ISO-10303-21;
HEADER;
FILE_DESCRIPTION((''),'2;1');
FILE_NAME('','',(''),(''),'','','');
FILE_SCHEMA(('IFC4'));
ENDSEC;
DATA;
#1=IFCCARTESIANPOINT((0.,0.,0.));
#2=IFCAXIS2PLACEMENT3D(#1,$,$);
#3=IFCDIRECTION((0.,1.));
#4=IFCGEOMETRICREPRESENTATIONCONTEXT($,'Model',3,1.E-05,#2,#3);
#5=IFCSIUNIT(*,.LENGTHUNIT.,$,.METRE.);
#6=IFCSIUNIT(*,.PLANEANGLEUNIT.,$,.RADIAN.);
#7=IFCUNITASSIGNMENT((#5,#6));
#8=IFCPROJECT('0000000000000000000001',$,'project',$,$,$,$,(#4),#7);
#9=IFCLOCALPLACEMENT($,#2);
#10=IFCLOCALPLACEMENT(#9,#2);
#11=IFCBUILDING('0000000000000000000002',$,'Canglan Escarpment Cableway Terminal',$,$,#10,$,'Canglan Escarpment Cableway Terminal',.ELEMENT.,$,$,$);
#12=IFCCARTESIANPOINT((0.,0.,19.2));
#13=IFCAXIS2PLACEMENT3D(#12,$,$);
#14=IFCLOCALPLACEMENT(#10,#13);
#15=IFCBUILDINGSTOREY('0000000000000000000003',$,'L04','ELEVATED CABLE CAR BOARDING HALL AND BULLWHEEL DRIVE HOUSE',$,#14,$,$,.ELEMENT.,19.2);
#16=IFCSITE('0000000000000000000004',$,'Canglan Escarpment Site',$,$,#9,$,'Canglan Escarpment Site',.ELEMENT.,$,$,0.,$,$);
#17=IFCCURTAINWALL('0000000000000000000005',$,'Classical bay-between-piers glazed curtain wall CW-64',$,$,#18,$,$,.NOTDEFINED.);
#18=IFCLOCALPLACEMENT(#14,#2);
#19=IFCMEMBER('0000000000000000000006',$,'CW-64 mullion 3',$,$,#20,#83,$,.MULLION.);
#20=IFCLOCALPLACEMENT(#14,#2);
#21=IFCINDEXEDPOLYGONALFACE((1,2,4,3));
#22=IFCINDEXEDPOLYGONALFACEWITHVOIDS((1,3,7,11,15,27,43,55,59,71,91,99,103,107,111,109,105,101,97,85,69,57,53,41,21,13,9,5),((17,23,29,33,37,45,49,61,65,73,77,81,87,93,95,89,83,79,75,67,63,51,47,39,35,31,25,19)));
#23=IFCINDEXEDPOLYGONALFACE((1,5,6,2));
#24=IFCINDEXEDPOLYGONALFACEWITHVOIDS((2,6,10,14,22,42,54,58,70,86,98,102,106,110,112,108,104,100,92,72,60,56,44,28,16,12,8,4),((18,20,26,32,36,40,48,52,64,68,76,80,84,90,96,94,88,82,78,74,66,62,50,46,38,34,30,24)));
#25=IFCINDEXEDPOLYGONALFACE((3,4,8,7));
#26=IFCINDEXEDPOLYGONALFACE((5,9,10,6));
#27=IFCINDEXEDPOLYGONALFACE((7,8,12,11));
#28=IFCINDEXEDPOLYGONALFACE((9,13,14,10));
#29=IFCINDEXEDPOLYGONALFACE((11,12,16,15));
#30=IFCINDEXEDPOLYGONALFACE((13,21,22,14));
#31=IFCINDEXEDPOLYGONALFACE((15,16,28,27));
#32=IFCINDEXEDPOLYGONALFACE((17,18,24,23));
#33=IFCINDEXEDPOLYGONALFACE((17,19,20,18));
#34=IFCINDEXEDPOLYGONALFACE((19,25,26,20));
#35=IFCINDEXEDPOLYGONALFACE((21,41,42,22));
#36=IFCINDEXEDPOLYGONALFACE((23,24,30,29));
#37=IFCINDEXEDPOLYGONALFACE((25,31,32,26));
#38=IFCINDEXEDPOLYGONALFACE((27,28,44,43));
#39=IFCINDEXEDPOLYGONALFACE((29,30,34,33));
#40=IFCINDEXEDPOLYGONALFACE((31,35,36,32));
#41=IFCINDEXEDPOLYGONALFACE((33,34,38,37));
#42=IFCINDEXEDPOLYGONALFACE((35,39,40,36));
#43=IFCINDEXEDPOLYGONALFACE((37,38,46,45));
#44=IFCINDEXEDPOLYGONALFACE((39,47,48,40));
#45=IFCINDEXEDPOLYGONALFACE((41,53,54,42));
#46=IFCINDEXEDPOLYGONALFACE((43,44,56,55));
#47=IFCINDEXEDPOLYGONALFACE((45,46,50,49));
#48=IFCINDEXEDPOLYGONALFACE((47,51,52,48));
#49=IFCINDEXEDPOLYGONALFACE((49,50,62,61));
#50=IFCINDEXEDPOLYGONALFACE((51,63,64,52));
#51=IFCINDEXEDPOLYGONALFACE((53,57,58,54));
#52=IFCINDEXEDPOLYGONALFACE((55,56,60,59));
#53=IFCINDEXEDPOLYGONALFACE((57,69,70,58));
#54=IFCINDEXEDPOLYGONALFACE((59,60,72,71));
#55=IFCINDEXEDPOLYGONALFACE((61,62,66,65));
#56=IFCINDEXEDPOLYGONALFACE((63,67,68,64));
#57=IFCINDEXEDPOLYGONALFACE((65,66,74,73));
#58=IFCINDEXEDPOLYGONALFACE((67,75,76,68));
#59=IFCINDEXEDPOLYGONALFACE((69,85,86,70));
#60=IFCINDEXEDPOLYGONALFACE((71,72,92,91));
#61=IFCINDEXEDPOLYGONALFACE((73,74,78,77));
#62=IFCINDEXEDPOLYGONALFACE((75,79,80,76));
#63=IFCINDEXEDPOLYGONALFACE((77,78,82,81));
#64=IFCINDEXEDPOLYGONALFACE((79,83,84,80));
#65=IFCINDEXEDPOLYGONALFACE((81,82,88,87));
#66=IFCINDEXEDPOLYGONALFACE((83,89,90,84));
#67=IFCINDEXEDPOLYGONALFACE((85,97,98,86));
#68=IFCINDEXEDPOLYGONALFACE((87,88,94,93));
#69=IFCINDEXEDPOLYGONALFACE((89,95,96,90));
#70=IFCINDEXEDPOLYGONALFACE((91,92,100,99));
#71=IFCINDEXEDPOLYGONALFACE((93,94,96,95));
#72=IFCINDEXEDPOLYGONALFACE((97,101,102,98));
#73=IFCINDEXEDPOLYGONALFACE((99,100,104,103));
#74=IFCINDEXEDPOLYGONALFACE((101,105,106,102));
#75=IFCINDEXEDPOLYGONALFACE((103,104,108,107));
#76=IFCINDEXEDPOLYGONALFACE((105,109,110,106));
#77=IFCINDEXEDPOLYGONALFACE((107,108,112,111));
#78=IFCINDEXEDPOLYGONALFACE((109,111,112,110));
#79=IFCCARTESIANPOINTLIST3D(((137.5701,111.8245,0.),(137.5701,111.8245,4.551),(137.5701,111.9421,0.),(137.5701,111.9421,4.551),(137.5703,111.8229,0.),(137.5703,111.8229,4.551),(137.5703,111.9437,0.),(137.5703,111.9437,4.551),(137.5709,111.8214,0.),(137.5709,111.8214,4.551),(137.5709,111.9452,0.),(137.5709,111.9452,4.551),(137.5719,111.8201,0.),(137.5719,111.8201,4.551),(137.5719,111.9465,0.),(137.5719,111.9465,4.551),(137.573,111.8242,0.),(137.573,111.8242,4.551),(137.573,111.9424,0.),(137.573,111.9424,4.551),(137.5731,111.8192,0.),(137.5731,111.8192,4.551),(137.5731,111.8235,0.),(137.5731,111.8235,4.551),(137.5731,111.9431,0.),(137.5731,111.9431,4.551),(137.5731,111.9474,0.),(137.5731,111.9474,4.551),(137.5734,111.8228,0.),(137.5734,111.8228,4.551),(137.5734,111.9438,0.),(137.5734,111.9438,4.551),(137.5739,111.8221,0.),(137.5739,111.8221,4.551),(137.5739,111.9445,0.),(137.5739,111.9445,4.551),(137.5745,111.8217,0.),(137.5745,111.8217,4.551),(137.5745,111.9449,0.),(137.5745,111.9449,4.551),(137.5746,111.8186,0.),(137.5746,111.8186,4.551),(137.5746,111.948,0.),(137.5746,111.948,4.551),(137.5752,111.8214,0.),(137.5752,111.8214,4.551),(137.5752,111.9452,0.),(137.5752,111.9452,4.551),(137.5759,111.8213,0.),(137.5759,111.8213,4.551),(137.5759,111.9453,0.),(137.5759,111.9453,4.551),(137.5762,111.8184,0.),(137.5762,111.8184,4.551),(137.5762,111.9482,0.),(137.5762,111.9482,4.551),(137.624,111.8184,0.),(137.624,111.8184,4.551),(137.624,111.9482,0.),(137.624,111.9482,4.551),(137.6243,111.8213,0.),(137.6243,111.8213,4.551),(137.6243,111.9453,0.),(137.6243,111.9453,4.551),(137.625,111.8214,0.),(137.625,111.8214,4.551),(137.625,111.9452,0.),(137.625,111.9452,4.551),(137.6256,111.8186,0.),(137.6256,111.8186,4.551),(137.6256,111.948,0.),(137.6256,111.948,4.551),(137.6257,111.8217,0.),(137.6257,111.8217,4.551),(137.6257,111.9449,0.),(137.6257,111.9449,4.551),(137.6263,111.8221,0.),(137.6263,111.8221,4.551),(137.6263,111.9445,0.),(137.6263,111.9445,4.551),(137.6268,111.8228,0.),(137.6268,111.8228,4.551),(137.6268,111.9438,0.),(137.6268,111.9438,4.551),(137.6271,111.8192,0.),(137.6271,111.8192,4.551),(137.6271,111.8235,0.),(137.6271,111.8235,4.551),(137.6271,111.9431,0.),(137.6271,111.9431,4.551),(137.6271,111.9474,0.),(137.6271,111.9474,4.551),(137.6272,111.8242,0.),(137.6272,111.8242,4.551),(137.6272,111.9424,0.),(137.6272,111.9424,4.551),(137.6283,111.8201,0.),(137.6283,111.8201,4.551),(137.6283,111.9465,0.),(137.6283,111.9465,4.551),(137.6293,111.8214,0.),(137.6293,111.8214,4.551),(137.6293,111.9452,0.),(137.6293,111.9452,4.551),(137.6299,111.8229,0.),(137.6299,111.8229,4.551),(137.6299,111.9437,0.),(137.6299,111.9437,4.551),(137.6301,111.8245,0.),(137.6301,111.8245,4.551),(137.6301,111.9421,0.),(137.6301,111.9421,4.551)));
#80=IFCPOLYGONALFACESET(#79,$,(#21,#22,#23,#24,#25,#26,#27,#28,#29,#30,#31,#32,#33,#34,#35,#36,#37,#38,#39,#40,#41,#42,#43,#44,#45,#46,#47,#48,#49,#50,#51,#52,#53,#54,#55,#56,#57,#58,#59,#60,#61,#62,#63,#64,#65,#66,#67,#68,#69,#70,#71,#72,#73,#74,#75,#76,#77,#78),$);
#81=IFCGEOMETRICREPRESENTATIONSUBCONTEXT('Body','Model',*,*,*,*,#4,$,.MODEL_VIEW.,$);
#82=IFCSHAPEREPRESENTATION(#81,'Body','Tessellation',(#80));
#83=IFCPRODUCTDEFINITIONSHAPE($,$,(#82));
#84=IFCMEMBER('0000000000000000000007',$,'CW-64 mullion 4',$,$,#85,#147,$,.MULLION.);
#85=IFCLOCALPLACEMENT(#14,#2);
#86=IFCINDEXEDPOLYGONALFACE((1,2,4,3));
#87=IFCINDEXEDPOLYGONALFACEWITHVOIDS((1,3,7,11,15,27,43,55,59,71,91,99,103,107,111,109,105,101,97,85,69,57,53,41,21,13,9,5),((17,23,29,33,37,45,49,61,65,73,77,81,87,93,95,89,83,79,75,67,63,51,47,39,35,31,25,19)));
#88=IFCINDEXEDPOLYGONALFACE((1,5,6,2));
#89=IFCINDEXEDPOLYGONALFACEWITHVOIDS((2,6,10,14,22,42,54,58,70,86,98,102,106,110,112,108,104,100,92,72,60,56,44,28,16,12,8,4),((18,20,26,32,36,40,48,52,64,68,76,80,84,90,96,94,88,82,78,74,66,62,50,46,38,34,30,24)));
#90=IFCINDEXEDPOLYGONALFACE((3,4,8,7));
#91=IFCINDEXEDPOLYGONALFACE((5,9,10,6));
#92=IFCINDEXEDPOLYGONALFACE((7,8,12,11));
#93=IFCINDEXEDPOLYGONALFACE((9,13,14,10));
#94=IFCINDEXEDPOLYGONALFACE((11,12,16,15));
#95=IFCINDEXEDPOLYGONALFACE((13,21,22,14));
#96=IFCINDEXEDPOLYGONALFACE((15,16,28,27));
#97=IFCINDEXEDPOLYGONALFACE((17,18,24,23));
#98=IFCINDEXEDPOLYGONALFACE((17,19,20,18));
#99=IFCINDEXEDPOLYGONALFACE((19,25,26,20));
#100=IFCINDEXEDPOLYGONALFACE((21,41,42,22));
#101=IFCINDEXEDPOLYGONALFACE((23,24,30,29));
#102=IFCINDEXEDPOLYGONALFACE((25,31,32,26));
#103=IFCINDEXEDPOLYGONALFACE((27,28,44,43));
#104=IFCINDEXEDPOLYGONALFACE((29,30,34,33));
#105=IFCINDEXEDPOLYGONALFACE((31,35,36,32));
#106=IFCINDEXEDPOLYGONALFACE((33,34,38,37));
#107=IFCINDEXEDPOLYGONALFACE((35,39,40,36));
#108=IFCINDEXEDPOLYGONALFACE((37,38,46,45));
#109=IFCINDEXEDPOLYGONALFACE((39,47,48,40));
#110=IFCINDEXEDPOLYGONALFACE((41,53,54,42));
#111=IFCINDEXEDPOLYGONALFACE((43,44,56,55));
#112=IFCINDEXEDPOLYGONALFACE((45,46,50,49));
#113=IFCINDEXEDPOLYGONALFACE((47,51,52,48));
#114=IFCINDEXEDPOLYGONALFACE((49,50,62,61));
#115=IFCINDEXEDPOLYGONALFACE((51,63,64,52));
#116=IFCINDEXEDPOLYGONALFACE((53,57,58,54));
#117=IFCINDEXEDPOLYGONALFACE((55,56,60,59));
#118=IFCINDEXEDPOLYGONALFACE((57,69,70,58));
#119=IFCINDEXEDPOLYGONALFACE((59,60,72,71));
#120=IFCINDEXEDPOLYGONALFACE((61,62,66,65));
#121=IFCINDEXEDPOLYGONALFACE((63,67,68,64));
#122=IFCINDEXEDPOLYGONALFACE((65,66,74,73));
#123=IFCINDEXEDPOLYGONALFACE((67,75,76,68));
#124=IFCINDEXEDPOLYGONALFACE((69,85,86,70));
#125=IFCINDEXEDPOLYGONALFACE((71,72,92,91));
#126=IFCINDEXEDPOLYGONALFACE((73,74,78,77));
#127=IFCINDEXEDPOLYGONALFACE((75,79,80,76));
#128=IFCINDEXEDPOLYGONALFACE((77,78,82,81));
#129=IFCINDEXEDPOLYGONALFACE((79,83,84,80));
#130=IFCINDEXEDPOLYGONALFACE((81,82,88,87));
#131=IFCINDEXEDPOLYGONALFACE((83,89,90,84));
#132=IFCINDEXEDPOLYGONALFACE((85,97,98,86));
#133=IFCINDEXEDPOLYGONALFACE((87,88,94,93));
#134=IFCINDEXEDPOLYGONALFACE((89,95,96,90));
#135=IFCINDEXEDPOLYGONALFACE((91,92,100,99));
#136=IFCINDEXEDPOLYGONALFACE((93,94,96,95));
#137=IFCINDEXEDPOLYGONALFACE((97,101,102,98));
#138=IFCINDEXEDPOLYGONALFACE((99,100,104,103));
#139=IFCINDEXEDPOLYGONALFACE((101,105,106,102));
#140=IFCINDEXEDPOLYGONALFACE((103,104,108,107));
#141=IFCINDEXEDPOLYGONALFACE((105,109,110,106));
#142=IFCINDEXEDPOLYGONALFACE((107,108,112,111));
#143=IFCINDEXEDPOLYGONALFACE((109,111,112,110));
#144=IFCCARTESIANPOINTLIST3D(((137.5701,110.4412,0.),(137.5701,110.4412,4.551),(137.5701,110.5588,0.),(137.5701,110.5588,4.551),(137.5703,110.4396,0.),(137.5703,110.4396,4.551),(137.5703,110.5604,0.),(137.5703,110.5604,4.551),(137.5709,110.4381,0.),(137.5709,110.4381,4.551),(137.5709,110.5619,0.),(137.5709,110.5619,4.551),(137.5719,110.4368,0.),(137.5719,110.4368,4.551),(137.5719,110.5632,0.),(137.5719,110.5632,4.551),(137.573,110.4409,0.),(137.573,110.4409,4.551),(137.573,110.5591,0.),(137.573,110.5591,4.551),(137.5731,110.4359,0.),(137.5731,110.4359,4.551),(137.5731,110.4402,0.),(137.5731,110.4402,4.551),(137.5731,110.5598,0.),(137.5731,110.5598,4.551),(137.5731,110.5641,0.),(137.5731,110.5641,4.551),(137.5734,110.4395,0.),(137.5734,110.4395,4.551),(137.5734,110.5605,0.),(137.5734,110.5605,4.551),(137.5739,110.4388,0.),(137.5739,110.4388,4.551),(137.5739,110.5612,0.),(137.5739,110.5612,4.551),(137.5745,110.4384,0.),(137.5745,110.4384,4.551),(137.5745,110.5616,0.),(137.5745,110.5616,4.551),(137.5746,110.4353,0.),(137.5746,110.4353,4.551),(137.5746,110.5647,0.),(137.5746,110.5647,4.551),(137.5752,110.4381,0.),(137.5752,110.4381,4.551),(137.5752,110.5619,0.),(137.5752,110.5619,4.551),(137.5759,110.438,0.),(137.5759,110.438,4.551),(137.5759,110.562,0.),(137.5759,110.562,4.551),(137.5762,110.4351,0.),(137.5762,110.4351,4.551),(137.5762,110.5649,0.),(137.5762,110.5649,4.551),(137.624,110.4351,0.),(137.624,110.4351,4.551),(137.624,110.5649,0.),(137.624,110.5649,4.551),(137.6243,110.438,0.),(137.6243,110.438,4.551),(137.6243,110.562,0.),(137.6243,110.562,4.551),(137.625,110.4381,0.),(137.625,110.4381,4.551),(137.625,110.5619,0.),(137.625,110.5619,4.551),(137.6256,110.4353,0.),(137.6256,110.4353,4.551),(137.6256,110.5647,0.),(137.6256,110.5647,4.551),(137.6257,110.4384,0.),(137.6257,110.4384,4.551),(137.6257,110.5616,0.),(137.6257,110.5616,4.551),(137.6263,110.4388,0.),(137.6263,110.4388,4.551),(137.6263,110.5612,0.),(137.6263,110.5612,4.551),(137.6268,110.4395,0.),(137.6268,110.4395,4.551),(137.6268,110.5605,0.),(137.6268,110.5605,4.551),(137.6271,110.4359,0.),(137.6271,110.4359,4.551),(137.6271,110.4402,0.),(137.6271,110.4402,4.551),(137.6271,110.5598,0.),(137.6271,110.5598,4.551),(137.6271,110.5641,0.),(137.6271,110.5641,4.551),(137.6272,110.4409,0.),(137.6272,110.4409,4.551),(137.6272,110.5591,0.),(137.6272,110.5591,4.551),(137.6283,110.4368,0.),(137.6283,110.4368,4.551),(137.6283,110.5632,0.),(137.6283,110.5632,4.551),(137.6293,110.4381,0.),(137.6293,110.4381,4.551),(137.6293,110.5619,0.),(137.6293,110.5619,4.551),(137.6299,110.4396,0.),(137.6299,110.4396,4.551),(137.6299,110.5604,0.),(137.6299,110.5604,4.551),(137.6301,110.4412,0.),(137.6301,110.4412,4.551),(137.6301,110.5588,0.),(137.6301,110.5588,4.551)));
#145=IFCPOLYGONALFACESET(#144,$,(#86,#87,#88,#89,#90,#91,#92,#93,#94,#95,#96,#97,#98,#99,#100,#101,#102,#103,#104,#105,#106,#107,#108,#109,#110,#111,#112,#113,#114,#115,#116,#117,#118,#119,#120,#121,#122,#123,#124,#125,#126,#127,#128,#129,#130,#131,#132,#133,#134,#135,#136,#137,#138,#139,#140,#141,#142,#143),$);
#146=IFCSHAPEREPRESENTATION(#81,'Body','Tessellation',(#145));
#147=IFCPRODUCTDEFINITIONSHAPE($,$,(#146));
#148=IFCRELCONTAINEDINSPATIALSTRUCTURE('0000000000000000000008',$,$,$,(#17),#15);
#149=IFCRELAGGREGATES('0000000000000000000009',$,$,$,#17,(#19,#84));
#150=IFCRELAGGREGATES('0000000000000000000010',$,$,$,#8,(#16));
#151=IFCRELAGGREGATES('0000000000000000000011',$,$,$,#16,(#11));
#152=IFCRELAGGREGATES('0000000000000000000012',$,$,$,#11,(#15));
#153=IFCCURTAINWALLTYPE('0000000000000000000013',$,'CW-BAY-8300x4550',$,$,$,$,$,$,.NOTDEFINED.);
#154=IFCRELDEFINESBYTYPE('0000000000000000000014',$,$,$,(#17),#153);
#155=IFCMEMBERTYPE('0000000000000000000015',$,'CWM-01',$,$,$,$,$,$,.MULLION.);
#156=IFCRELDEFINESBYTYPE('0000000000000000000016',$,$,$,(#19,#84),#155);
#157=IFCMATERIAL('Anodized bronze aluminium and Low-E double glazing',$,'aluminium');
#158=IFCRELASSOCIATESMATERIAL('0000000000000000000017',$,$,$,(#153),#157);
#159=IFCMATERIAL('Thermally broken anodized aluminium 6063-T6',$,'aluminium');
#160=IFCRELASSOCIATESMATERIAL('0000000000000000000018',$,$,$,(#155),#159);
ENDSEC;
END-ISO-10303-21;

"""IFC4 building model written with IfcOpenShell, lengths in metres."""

from ifc_helpers import new_model, si_unit, direction, frame, origin, origin_2d, place, context, subcontext, project, spatial, hollow_rectangle, extrude, material, material_profile, profile_set, type_object, element, aggregate, save


model = new_model("IFC4")

# Units and contexts
model_context = context("Model", 3, precision=1e-05, world=origin(), true_north=direction((0.0, 1.0)))
body_context = subcontext(model_context, "Body", "Model", "MODEL_VIEW")
ifc_project = project(units=[si_unit("LENGTHUNIT", "METRE"), si_unit("PLANEANGLEUNIT", "RADIAN")], contexts=[model_context])

# Site, building, storey
site_placement = place(None, origin())
site = spatial("IfcSite", under=ifc_project, at=site_placement, Name="Canglan Escarpment Site", LongName="Canglan Escarpment Site", CompositionType="ELEMENT", RefElevation=0.0)
building_placement = place(site_placement, origin())
building = spatial("IfcBuilding", under=site, at=building_placement, Name="Canglan Escarpment Cableway Terminal", LongName="Canglan Escarpment Cableway Terminal", CompositionType="ELEMENT")
storey_placement = place(building_placement, frame((0.0, 0.0, 19.2)))
storey = spatial("IfcBuildingStorey", under=building, at=storey_placement, Name="L04", Description="ELEVATED CABLE CAR BOARDING HALL AND BULLWHEEL DRIVE HOUSE", CompositionType="ELEMENT", Elevation=19.2)

# Curtain wall, members
ifc_material_1 = material(Name="Anodized bronze aluminium and Low-E double glazing", Category="aluminium")
curtain_wall_type_1 = type_object("IfcCurtainWallType", Name="CW-BAY-8300x4550", PredefinedType="NOTDEFINED", material=ifc_material_1)
curtain_wall_1_placement = place(storey_placement, origin())
curtain_wall_1 = element("IfcCurtainWall", 1, at=curtain_wall_1_placement, inside=storey, type_object=curtain_wall_type_1, Name="Classical bay-between-piers glazed curtain wall CW-64", PredefinedType="NOTDEFINED")
ifc_material_2 = material(Name="Thermally broken anodized aluminium 6063-T6", Category="aluminium")
ifc_material_profile_1 = material_profile(ifc_material_2, hollow_rectangle(XDim=0.0601, YDim=0.1299, WallThickness=0.0029, InnerFilletRadius=0.0029, OuterFilletRadius=0.0061, at=origin_2d()), Name="ALU-MULL 60x130x3")
ifc_profile_set_1 = profile_set([ifc_material_profile_1], Name="Thermally broken anodized aluminium 6063-T6")
member_type_1 = type_object("IfcMemberType", Name="CWM-01", PredefinedType="MULLION", material=ifc_profile_set_1)
member_1_placement = place(storey_placement, frame((137.6001, 111.8833, 0.0), z_axis=(0.0, 0.0, 1.0), x_axis=(1.0, 0.0, 0.0)))
member_1 = element("IfcMember", 2, at=member_1_placement, type_object=member_type_1, Name="CW-64 mullion 3", PredefinedType="MULLION", context=body_context, shape_type="SweptSolid", body=[
    extrude(hollow_rectangle(XDim=0.0601, YDim=0.1299, WallThickness=0.0029, InnerFilletRadius=0.0029, OuterFilletRadius=0.0061, at=origin_2d()), origin(), (0.0, 0.0, 1.0), 4.551),
])
member_2_placement = place(storey_placement, frame((137.6001, 110.5, 0.0), z_axis=(0.0, 0.0, 1.0), x_axis=(1.0, 0.0, 0.0)))
member_2 = element("IfcMember", 3, at=member_2_placement, type_object=member_type_1, Name="CW-64 mullion 4", PredefinedType="MULLION", context=body_context, shape_type="SweptSolid", body=[
    extrude(hollow_rectangle(XDim=0.0601, YDim=0.1299, WallThickness=0.0029, InnerFilletRadius=0.0029, OuterFilletRadius=0.0061, at=origin_2d()), origin(), (0.0, 0.0, 1.0), 4.551),
])

aggregate(curtain_wall_1, [member_1, member_2])

save(model, "model.ifc")
